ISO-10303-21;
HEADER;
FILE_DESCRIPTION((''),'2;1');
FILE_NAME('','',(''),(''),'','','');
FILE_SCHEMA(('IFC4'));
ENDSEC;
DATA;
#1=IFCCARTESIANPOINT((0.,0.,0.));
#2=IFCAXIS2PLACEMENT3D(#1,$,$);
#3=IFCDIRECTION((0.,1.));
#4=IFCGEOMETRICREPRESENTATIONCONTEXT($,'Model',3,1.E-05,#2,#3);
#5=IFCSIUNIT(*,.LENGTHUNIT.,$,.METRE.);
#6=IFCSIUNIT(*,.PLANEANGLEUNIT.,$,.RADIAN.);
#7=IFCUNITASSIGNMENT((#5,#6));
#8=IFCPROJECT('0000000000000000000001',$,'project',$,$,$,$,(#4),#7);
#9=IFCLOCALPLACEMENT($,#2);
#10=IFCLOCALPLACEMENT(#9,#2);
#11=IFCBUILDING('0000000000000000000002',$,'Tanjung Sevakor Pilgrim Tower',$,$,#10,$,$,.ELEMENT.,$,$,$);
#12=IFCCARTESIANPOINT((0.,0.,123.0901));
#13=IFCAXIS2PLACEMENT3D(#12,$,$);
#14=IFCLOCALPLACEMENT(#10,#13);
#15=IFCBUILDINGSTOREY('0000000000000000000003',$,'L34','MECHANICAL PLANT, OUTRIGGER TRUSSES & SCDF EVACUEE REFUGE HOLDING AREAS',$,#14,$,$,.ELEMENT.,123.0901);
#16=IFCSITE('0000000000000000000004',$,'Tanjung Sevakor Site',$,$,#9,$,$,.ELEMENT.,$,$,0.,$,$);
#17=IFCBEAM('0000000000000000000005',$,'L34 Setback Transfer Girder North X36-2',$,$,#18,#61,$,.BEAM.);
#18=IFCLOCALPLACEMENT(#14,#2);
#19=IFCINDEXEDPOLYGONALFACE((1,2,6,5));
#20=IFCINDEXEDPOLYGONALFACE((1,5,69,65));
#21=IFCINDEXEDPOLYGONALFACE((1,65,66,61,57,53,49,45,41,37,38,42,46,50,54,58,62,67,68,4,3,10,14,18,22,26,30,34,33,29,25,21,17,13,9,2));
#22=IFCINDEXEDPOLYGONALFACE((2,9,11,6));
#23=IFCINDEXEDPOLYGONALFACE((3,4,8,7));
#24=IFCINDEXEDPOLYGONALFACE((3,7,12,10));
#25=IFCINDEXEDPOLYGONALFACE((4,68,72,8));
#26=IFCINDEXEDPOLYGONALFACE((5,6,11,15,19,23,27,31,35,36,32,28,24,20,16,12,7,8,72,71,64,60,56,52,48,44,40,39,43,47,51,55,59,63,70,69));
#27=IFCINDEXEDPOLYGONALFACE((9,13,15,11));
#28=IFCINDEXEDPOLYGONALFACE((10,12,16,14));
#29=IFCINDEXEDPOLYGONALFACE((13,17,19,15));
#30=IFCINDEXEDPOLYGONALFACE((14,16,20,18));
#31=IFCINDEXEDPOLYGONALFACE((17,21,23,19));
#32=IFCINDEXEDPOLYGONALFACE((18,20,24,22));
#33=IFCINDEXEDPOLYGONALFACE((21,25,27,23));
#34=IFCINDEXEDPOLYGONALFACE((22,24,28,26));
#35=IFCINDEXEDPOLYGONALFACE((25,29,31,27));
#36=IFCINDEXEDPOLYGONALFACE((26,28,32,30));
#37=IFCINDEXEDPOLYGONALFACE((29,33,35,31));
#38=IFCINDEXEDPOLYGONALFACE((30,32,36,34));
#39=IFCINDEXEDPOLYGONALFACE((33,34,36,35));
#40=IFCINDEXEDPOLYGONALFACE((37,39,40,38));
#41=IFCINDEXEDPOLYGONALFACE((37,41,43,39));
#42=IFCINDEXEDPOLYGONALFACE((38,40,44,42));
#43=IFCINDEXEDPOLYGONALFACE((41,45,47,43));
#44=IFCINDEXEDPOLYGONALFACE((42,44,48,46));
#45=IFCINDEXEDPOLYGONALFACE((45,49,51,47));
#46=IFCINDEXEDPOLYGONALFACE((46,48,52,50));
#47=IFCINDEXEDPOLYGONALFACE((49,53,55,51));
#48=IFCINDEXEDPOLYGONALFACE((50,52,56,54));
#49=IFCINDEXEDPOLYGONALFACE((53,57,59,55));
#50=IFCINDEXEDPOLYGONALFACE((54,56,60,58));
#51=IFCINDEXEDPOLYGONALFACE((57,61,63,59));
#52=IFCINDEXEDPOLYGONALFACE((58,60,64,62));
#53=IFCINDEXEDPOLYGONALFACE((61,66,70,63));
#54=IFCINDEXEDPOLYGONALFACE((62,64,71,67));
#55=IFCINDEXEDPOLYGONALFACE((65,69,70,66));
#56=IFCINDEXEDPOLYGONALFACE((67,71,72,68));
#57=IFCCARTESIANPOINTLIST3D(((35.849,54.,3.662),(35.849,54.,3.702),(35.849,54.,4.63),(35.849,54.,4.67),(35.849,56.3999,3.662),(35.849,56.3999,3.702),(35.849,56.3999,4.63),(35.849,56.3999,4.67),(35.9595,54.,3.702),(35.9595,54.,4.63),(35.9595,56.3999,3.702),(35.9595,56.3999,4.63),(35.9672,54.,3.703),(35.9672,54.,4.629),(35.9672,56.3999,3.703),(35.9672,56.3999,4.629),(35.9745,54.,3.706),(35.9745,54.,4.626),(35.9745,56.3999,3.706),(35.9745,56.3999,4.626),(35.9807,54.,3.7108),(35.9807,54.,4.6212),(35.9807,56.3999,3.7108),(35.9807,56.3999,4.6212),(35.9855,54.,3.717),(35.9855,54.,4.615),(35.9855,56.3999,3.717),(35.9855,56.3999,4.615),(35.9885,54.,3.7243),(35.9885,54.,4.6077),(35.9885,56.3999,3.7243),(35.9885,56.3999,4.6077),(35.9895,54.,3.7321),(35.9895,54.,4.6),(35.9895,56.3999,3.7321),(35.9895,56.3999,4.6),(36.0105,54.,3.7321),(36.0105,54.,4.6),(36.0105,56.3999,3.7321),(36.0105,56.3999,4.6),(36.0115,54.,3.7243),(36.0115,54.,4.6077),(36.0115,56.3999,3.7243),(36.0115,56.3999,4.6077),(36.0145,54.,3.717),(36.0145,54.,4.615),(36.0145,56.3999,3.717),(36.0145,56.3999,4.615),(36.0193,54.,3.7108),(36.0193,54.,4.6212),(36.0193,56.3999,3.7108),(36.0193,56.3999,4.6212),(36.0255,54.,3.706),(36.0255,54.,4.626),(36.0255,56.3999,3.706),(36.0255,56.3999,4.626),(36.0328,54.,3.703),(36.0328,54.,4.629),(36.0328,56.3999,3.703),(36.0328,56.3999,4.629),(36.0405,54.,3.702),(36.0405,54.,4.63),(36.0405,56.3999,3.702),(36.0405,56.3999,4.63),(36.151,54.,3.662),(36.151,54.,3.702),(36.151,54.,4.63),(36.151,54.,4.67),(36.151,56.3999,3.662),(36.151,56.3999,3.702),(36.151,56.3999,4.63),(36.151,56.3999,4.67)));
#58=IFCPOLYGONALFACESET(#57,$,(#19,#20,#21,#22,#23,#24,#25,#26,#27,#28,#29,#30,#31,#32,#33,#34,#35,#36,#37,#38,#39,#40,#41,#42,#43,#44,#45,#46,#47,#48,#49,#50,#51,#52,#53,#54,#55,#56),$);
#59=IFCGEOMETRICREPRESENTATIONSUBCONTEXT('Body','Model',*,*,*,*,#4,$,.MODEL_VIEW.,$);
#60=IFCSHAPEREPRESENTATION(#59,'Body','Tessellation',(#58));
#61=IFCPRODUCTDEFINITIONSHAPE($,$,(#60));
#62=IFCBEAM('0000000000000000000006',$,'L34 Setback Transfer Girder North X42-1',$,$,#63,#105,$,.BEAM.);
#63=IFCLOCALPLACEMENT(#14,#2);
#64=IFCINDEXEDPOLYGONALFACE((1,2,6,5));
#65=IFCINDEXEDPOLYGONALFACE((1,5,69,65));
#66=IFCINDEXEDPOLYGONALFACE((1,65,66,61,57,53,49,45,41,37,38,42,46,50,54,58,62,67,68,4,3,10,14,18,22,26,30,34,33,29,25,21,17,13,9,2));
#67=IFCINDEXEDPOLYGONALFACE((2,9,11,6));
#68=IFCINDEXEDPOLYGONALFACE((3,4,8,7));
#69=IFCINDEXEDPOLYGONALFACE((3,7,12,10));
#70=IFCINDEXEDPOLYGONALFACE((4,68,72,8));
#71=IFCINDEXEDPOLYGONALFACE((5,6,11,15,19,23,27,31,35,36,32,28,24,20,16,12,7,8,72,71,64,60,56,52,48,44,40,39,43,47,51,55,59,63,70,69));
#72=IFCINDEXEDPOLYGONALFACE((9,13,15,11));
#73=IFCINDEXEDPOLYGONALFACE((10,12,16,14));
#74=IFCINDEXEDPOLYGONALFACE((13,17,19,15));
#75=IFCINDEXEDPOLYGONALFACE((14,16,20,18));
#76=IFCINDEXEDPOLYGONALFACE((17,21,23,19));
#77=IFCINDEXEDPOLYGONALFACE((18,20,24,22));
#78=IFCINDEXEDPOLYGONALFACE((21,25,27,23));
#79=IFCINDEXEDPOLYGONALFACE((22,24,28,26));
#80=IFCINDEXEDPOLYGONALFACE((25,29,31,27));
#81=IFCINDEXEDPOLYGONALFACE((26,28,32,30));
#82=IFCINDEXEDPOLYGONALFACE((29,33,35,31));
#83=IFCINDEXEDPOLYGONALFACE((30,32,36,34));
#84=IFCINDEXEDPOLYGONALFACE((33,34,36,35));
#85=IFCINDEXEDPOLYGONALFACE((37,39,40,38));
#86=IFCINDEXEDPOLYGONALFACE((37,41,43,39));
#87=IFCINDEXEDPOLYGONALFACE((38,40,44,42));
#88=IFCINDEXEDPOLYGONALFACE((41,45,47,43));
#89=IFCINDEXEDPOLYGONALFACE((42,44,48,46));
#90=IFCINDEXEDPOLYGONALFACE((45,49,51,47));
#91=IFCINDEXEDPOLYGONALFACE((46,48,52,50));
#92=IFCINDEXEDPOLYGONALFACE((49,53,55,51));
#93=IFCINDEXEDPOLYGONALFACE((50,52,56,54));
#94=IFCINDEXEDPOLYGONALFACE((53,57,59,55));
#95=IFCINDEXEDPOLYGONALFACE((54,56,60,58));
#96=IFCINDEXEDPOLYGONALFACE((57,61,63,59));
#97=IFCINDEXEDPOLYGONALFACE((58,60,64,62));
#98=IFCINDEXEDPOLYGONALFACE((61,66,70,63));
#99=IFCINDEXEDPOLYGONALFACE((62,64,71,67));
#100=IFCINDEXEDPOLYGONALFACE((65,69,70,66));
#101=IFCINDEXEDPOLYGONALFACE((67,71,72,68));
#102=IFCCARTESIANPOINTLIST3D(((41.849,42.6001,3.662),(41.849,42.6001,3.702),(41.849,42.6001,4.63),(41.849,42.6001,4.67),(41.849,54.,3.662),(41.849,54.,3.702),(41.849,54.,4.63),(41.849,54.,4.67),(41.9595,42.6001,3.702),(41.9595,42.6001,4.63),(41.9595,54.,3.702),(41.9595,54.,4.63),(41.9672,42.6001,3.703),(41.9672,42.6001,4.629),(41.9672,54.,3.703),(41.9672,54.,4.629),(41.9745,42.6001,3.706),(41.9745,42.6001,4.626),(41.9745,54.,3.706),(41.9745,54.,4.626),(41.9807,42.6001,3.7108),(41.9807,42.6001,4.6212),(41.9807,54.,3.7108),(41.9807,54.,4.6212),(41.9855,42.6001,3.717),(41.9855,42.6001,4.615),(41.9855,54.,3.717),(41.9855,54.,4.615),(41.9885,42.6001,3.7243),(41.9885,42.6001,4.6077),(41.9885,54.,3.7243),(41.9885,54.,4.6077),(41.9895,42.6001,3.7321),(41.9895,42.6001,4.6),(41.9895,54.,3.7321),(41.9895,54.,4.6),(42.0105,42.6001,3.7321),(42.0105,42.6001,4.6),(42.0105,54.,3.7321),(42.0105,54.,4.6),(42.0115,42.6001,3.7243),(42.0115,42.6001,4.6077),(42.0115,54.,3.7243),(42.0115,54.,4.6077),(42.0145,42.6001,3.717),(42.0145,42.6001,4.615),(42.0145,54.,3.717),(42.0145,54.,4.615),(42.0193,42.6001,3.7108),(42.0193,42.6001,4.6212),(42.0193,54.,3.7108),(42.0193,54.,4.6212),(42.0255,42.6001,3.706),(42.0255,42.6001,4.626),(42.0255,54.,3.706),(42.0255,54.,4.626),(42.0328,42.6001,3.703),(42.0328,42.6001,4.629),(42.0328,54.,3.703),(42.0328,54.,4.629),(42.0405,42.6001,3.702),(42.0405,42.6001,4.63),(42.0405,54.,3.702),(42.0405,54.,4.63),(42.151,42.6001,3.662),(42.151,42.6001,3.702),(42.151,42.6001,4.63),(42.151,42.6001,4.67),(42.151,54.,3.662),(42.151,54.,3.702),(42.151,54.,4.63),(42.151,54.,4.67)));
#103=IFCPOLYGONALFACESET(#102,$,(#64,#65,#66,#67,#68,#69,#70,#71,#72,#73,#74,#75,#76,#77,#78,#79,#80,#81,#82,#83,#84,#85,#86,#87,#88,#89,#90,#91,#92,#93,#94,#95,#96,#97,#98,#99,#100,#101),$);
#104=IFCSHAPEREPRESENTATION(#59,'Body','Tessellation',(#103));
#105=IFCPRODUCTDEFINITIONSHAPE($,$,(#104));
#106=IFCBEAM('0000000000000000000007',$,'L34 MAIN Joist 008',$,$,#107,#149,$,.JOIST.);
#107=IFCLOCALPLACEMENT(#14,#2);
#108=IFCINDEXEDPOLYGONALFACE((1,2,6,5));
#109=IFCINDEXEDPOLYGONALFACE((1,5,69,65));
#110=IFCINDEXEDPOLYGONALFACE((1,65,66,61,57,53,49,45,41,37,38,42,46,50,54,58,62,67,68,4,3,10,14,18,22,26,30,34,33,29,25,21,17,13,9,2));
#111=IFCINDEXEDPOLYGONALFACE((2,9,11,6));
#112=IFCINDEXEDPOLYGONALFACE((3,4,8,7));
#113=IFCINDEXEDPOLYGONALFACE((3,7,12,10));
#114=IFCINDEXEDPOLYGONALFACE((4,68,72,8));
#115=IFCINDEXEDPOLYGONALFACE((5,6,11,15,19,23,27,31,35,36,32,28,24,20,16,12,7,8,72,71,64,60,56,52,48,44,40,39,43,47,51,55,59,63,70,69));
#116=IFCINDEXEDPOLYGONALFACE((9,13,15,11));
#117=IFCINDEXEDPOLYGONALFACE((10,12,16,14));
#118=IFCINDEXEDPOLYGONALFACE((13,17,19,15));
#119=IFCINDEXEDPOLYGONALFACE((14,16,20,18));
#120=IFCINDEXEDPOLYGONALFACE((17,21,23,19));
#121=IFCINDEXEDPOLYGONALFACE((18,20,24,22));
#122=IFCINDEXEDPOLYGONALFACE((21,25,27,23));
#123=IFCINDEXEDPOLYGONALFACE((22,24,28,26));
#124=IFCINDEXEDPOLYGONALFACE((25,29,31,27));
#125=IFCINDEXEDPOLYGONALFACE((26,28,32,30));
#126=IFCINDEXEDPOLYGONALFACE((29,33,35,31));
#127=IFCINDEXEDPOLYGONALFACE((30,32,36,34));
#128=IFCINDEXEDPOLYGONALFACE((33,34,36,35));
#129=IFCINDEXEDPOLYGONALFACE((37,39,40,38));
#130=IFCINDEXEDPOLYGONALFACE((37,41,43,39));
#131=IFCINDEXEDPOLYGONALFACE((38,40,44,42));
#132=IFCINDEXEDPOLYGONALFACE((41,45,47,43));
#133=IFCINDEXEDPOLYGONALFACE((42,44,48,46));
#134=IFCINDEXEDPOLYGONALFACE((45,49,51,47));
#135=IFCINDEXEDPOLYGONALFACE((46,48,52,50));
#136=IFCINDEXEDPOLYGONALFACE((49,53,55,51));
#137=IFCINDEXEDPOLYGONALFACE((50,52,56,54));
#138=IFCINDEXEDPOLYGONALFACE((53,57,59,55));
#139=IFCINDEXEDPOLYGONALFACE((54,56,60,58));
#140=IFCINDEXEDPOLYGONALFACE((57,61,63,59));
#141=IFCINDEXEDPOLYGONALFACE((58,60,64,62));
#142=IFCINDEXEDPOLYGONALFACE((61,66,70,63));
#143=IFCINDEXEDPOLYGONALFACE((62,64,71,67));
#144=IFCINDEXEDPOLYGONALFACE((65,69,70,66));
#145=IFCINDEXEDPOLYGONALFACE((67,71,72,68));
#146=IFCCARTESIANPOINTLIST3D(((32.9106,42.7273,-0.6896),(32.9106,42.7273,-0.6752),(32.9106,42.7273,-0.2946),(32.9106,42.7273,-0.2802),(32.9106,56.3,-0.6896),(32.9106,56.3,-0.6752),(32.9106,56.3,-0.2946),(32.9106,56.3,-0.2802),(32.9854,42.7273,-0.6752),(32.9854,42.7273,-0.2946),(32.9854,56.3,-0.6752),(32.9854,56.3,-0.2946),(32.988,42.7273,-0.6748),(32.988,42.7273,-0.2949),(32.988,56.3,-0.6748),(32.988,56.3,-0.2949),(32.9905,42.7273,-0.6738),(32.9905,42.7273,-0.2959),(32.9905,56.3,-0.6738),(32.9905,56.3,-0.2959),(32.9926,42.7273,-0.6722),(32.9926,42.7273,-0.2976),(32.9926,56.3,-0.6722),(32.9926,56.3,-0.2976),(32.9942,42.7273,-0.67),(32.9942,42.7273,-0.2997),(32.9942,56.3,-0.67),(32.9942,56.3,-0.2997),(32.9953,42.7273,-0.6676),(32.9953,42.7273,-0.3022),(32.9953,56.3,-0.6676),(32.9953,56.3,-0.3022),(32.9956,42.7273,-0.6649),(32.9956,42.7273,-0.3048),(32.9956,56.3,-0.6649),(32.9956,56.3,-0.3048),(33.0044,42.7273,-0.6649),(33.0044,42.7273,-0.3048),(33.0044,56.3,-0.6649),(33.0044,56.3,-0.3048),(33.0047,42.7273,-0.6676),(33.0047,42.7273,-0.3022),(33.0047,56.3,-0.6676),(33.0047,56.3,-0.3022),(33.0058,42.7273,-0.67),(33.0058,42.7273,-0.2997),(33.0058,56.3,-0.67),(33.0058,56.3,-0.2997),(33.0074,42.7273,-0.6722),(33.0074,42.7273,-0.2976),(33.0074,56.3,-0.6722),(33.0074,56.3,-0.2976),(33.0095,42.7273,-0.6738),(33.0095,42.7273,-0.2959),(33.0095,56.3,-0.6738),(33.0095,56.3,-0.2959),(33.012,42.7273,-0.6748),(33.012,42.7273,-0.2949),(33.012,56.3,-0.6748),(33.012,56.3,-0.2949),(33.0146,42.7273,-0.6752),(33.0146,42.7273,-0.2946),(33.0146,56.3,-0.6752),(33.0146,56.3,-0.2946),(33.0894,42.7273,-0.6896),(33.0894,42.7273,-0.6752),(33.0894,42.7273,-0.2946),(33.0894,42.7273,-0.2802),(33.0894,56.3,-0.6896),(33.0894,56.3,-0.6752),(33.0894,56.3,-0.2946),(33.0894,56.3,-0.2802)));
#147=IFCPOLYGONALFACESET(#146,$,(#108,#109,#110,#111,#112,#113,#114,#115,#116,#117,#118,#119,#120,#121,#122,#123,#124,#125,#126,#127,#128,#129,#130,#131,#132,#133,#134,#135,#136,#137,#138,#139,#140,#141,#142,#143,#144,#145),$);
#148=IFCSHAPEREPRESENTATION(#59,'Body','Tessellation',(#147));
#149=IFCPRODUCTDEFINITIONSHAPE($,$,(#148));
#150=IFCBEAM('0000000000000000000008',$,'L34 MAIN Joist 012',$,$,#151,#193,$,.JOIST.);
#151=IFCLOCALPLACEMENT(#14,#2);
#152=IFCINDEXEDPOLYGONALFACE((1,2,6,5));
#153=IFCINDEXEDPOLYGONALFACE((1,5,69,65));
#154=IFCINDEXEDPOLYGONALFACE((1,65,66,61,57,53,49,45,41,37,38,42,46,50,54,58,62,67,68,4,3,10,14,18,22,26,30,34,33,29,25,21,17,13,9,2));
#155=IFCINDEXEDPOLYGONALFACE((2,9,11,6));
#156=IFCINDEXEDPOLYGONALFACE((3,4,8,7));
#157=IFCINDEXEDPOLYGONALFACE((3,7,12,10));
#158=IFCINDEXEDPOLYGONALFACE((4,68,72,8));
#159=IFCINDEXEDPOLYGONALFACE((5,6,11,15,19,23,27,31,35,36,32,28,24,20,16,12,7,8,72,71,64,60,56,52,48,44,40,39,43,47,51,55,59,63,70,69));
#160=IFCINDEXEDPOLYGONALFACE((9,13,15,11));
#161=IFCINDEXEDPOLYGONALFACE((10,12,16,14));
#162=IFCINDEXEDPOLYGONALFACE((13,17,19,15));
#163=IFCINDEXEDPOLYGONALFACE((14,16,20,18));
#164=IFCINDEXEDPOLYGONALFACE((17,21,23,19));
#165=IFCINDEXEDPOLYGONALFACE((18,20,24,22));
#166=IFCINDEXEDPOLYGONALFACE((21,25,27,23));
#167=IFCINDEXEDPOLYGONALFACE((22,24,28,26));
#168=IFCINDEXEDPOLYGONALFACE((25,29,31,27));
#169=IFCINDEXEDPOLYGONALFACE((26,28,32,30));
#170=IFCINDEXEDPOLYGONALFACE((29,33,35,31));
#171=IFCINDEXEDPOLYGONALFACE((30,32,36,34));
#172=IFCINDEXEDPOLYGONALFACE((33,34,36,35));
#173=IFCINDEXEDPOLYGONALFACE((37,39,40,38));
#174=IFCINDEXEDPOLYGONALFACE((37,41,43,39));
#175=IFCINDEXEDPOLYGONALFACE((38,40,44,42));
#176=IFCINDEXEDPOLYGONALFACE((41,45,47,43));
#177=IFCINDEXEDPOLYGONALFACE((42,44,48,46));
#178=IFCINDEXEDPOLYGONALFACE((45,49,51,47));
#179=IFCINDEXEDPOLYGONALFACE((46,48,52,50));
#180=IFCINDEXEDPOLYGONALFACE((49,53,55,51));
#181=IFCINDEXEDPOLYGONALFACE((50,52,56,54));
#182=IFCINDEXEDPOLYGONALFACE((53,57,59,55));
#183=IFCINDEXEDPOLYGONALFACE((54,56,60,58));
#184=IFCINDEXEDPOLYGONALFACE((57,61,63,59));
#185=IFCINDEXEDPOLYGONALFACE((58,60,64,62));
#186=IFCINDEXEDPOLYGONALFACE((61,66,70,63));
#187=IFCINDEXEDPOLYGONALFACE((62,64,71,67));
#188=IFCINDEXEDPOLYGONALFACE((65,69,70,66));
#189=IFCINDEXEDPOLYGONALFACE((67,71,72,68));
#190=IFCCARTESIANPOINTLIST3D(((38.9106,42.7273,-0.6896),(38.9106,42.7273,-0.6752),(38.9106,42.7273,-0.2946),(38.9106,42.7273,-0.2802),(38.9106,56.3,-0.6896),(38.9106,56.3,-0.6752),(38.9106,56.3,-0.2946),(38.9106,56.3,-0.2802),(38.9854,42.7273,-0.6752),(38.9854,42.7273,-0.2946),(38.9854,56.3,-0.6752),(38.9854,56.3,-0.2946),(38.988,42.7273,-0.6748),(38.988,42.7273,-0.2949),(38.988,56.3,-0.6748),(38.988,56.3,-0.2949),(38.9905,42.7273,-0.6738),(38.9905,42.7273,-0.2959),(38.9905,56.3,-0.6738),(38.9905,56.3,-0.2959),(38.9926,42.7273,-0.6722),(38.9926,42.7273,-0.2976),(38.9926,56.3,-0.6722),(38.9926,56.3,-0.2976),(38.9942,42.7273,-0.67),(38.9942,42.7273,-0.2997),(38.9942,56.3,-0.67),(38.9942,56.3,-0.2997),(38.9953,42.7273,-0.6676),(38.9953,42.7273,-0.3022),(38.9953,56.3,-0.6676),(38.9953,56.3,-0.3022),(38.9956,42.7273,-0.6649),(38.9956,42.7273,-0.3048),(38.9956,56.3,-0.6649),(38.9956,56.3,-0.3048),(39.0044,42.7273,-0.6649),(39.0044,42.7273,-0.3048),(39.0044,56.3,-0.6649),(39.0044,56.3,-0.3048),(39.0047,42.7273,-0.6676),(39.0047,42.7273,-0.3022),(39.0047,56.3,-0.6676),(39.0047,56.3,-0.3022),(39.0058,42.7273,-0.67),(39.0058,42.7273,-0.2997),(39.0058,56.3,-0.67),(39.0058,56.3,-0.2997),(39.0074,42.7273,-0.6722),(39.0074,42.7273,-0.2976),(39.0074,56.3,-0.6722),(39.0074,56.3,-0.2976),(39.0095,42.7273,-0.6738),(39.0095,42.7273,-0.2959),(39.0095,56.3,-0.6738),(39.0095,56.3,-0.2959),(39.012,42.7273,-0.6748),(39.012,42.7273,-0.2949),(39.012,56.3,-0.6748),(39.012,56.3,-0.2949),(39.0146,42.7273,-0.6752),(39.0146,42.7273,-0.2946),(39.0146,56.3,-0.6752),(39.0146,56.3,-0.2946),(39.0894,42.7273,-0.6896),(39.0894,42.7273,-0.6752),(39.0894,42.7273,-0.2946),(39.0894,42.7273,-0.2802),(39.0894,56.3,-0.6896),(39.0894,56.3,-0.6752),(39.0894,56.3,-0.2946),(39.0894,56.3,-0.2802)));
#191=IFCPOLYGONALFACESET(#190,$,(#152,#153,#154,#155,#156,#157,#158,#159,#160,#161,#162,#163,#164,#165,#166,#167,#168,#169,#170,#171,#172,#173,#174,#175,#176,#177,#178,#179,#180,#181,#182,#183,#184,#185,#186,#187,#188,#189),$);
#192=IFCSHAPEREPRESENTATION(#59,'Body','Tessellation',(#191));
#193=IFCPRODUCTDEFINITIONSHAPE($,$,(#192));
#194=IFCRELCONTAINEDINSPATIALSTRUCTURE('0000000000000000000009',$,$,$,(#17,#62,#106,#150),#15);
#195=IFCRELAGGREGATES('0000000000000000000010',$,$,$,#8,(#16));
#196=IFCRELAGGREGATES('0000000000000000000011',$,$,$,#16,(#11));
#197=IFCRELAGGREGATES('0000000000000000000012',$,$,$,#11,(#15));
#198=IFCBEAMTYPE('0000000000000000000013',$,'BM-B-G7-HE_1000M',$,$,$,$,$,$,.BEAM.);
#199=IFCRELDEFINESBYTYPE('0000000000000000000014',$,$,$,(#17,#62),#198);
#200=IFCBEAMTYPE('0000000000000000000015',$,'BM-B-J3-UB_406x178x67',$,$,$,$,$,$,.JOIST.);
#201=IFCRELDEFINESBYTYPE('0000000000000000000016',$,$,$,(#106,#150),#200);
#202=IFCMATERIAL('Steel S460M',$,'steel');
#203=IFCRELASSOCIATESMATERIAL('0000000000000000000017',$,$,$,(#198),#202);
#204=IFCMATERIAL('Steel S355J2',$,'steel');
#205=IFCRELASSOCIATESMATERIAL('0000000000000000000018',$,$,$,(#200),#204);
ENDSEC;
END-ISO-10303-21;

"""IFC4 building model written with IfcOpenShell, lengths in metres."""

from ifc_helpers import new_model, si_unit, direction, frame, origin, origin_2d, place, context, subcontext, project, spatial, i_section, extrude, material, material_profile, profile_set, type_object, element, save


model = new_model("IFC4")

# Units and contexts
model_context = context("Model", 3, precision=1e-05, world=origin(), true_north=direction((0.0, 1.0)))
body_context = subcontext(model_context, "Body", "Model", "MODEL_VIEW")
ifc_project = project(units=[si_unit("LENGTHUNIT", "METRE"), si_unit("PLANEANGLEUNIT", "RADIAN")], contexts=[model_context])

# Site, building, storey
site_placement = place(None, origin())
site = spatial("IfcSite", under=ifc_project, at=site_placement, Name="Tanjung Sevakor Site", CompositionType="ELEMENT", RefElevation=0.0)
building_placement = place(site_placement, origin())
building = spatial("IfcBuilding", under=site, at=building_placement, Name="Tanjung Sevakor Pilgrim Tower", CompositionType="ELEMENT")
storey_placement = place(building_placement, frame((0.0, 0.0, 123.0901)))
storey = spatial("IfcBuildingStorey", under=building, at=storey_placement, Name="L34", Description="MECHANICAL PLANT, OUTRIGGER TRUSSES & SCDF EVACUEE REFUGE HOLDING AREAS", CompositionType="ELEMENT", Elevation=123.0901)

# Beams
ifc_material_1 = material(Name="Steel S460M", Category="steel")
ifc_material_profile_1 = material_profile(ifc_material_1, i_section(OverallWidth=0.302, OverallDepth=1.0081, WebThickness=0.021, FlangeThickness=0.04, FilletRadius=0.03, at=origin_2d()))
ifc_profile_set_1 = profile_set([ifc_material_profile_1], Name="Steel S460M")
beam_type_1 = type_object("IfcBeamType", Name="BM-B-G7-HE_1000M", PredefinedType="BEAM", material=ifc_profile_set_1)
beam_1_placement = place(storey_placement, frame((36.0, 54.0, 4.166), z_axis=(0.0, 1.0, 0.0), x_axis=(-1.0, 0.0, 0.0)))
element("IfcBeam", 1, at=beam_1_placement, inside=storey, type_object=beam_type_1, Name="L34 Setback Transfer Girder North X36-2", PredefinedType="BEAM", context=body_context, shape_type="SweptSolid", body=[
    extrude(i_section(OverallWidth=0.302, OverallDepth=1.0081, WebThickness=0.021, FlangeThickness=0.04, FilletRadius=0.03, at=origin_2d()), origin(), (0.0, 0.0, 1.0), 2.3999),
])
beam_2_placement = place(storey_placement, frame((42.0, 42.6001, 4.166), z_axis=(0.0, 1.0, 0.0), x_axis=(-1.0, 0.0, 0.0)))
element("IfcBeam", 2, at=beam_2_placement, inside=storey, type_object=beam_type_1, Name="L34 Setback Transfer Girder North X42-1", PredefinedType="BEAM", context=body_context, shape_type="SweptSolid", body=[
    extrude(i_section(OverallWidth=0.302, OverallDepth=1.0081, WebThickness=0.021, FlangeThickness=0.04, FilletRadius=0.03, at=origin_2d()), origin(), (0.0, 0.0, 1.0), 11.3999),
])
ifc_material_2 = material(Name="Steel S355J2", Category="steel")
ifc_material_profile_2 = material_profile(ifc_material_2, i_section(OverallWidth=0.1787, OverallDepth=0.4094, WebThickness=0.0088, FlangeThickness=0.0144, FilletRadius=0.0103, at=origin_2d()))
ifc_profile_set_2 = profile_set([ifc_material_profile_2], Name="Steel S355J2")
beam_type_2 = type_object("IfcBeamType", Name="BM-B-J3-UB_406x178x67", PredefinedType="JOIST", material=ifc_profile_set_2)
for number, where, z_axis, x_axis, name in (
    (3, (33.0, 42.7273, -0.4849), (0.0, 1.0, 0.0), (-1.0, 0.0, 0.0), "L34 MAIN Joist 008"),
    (4, (39.0, 42.7273, -0.4849), (0.0, 1.0, 0.0), (-1.0, 0.0, 0.0), "L34 MAIN Joist 012"),
):
    element("IfcBeam", number, at=place(storey_placement, frame(where, z_axis=z_axis, x_axis=x_axis)), inside=storey, type_object=beam_type_2, Name=name, PredefinedType="JOIST", context=body_context, shape_type="SweptSolid", body=[
        extrude(i_section(OverallWidth=0.1787, OverallDepth=0.4094, WebThickness=0.0088, FlangeThickness=0.0144, FilletRadius=0.0103, at=origin_2d()), origin(), (0.0, 0.0, 1.0), 13.5728),
    ])

save(model, "model.ifc")
